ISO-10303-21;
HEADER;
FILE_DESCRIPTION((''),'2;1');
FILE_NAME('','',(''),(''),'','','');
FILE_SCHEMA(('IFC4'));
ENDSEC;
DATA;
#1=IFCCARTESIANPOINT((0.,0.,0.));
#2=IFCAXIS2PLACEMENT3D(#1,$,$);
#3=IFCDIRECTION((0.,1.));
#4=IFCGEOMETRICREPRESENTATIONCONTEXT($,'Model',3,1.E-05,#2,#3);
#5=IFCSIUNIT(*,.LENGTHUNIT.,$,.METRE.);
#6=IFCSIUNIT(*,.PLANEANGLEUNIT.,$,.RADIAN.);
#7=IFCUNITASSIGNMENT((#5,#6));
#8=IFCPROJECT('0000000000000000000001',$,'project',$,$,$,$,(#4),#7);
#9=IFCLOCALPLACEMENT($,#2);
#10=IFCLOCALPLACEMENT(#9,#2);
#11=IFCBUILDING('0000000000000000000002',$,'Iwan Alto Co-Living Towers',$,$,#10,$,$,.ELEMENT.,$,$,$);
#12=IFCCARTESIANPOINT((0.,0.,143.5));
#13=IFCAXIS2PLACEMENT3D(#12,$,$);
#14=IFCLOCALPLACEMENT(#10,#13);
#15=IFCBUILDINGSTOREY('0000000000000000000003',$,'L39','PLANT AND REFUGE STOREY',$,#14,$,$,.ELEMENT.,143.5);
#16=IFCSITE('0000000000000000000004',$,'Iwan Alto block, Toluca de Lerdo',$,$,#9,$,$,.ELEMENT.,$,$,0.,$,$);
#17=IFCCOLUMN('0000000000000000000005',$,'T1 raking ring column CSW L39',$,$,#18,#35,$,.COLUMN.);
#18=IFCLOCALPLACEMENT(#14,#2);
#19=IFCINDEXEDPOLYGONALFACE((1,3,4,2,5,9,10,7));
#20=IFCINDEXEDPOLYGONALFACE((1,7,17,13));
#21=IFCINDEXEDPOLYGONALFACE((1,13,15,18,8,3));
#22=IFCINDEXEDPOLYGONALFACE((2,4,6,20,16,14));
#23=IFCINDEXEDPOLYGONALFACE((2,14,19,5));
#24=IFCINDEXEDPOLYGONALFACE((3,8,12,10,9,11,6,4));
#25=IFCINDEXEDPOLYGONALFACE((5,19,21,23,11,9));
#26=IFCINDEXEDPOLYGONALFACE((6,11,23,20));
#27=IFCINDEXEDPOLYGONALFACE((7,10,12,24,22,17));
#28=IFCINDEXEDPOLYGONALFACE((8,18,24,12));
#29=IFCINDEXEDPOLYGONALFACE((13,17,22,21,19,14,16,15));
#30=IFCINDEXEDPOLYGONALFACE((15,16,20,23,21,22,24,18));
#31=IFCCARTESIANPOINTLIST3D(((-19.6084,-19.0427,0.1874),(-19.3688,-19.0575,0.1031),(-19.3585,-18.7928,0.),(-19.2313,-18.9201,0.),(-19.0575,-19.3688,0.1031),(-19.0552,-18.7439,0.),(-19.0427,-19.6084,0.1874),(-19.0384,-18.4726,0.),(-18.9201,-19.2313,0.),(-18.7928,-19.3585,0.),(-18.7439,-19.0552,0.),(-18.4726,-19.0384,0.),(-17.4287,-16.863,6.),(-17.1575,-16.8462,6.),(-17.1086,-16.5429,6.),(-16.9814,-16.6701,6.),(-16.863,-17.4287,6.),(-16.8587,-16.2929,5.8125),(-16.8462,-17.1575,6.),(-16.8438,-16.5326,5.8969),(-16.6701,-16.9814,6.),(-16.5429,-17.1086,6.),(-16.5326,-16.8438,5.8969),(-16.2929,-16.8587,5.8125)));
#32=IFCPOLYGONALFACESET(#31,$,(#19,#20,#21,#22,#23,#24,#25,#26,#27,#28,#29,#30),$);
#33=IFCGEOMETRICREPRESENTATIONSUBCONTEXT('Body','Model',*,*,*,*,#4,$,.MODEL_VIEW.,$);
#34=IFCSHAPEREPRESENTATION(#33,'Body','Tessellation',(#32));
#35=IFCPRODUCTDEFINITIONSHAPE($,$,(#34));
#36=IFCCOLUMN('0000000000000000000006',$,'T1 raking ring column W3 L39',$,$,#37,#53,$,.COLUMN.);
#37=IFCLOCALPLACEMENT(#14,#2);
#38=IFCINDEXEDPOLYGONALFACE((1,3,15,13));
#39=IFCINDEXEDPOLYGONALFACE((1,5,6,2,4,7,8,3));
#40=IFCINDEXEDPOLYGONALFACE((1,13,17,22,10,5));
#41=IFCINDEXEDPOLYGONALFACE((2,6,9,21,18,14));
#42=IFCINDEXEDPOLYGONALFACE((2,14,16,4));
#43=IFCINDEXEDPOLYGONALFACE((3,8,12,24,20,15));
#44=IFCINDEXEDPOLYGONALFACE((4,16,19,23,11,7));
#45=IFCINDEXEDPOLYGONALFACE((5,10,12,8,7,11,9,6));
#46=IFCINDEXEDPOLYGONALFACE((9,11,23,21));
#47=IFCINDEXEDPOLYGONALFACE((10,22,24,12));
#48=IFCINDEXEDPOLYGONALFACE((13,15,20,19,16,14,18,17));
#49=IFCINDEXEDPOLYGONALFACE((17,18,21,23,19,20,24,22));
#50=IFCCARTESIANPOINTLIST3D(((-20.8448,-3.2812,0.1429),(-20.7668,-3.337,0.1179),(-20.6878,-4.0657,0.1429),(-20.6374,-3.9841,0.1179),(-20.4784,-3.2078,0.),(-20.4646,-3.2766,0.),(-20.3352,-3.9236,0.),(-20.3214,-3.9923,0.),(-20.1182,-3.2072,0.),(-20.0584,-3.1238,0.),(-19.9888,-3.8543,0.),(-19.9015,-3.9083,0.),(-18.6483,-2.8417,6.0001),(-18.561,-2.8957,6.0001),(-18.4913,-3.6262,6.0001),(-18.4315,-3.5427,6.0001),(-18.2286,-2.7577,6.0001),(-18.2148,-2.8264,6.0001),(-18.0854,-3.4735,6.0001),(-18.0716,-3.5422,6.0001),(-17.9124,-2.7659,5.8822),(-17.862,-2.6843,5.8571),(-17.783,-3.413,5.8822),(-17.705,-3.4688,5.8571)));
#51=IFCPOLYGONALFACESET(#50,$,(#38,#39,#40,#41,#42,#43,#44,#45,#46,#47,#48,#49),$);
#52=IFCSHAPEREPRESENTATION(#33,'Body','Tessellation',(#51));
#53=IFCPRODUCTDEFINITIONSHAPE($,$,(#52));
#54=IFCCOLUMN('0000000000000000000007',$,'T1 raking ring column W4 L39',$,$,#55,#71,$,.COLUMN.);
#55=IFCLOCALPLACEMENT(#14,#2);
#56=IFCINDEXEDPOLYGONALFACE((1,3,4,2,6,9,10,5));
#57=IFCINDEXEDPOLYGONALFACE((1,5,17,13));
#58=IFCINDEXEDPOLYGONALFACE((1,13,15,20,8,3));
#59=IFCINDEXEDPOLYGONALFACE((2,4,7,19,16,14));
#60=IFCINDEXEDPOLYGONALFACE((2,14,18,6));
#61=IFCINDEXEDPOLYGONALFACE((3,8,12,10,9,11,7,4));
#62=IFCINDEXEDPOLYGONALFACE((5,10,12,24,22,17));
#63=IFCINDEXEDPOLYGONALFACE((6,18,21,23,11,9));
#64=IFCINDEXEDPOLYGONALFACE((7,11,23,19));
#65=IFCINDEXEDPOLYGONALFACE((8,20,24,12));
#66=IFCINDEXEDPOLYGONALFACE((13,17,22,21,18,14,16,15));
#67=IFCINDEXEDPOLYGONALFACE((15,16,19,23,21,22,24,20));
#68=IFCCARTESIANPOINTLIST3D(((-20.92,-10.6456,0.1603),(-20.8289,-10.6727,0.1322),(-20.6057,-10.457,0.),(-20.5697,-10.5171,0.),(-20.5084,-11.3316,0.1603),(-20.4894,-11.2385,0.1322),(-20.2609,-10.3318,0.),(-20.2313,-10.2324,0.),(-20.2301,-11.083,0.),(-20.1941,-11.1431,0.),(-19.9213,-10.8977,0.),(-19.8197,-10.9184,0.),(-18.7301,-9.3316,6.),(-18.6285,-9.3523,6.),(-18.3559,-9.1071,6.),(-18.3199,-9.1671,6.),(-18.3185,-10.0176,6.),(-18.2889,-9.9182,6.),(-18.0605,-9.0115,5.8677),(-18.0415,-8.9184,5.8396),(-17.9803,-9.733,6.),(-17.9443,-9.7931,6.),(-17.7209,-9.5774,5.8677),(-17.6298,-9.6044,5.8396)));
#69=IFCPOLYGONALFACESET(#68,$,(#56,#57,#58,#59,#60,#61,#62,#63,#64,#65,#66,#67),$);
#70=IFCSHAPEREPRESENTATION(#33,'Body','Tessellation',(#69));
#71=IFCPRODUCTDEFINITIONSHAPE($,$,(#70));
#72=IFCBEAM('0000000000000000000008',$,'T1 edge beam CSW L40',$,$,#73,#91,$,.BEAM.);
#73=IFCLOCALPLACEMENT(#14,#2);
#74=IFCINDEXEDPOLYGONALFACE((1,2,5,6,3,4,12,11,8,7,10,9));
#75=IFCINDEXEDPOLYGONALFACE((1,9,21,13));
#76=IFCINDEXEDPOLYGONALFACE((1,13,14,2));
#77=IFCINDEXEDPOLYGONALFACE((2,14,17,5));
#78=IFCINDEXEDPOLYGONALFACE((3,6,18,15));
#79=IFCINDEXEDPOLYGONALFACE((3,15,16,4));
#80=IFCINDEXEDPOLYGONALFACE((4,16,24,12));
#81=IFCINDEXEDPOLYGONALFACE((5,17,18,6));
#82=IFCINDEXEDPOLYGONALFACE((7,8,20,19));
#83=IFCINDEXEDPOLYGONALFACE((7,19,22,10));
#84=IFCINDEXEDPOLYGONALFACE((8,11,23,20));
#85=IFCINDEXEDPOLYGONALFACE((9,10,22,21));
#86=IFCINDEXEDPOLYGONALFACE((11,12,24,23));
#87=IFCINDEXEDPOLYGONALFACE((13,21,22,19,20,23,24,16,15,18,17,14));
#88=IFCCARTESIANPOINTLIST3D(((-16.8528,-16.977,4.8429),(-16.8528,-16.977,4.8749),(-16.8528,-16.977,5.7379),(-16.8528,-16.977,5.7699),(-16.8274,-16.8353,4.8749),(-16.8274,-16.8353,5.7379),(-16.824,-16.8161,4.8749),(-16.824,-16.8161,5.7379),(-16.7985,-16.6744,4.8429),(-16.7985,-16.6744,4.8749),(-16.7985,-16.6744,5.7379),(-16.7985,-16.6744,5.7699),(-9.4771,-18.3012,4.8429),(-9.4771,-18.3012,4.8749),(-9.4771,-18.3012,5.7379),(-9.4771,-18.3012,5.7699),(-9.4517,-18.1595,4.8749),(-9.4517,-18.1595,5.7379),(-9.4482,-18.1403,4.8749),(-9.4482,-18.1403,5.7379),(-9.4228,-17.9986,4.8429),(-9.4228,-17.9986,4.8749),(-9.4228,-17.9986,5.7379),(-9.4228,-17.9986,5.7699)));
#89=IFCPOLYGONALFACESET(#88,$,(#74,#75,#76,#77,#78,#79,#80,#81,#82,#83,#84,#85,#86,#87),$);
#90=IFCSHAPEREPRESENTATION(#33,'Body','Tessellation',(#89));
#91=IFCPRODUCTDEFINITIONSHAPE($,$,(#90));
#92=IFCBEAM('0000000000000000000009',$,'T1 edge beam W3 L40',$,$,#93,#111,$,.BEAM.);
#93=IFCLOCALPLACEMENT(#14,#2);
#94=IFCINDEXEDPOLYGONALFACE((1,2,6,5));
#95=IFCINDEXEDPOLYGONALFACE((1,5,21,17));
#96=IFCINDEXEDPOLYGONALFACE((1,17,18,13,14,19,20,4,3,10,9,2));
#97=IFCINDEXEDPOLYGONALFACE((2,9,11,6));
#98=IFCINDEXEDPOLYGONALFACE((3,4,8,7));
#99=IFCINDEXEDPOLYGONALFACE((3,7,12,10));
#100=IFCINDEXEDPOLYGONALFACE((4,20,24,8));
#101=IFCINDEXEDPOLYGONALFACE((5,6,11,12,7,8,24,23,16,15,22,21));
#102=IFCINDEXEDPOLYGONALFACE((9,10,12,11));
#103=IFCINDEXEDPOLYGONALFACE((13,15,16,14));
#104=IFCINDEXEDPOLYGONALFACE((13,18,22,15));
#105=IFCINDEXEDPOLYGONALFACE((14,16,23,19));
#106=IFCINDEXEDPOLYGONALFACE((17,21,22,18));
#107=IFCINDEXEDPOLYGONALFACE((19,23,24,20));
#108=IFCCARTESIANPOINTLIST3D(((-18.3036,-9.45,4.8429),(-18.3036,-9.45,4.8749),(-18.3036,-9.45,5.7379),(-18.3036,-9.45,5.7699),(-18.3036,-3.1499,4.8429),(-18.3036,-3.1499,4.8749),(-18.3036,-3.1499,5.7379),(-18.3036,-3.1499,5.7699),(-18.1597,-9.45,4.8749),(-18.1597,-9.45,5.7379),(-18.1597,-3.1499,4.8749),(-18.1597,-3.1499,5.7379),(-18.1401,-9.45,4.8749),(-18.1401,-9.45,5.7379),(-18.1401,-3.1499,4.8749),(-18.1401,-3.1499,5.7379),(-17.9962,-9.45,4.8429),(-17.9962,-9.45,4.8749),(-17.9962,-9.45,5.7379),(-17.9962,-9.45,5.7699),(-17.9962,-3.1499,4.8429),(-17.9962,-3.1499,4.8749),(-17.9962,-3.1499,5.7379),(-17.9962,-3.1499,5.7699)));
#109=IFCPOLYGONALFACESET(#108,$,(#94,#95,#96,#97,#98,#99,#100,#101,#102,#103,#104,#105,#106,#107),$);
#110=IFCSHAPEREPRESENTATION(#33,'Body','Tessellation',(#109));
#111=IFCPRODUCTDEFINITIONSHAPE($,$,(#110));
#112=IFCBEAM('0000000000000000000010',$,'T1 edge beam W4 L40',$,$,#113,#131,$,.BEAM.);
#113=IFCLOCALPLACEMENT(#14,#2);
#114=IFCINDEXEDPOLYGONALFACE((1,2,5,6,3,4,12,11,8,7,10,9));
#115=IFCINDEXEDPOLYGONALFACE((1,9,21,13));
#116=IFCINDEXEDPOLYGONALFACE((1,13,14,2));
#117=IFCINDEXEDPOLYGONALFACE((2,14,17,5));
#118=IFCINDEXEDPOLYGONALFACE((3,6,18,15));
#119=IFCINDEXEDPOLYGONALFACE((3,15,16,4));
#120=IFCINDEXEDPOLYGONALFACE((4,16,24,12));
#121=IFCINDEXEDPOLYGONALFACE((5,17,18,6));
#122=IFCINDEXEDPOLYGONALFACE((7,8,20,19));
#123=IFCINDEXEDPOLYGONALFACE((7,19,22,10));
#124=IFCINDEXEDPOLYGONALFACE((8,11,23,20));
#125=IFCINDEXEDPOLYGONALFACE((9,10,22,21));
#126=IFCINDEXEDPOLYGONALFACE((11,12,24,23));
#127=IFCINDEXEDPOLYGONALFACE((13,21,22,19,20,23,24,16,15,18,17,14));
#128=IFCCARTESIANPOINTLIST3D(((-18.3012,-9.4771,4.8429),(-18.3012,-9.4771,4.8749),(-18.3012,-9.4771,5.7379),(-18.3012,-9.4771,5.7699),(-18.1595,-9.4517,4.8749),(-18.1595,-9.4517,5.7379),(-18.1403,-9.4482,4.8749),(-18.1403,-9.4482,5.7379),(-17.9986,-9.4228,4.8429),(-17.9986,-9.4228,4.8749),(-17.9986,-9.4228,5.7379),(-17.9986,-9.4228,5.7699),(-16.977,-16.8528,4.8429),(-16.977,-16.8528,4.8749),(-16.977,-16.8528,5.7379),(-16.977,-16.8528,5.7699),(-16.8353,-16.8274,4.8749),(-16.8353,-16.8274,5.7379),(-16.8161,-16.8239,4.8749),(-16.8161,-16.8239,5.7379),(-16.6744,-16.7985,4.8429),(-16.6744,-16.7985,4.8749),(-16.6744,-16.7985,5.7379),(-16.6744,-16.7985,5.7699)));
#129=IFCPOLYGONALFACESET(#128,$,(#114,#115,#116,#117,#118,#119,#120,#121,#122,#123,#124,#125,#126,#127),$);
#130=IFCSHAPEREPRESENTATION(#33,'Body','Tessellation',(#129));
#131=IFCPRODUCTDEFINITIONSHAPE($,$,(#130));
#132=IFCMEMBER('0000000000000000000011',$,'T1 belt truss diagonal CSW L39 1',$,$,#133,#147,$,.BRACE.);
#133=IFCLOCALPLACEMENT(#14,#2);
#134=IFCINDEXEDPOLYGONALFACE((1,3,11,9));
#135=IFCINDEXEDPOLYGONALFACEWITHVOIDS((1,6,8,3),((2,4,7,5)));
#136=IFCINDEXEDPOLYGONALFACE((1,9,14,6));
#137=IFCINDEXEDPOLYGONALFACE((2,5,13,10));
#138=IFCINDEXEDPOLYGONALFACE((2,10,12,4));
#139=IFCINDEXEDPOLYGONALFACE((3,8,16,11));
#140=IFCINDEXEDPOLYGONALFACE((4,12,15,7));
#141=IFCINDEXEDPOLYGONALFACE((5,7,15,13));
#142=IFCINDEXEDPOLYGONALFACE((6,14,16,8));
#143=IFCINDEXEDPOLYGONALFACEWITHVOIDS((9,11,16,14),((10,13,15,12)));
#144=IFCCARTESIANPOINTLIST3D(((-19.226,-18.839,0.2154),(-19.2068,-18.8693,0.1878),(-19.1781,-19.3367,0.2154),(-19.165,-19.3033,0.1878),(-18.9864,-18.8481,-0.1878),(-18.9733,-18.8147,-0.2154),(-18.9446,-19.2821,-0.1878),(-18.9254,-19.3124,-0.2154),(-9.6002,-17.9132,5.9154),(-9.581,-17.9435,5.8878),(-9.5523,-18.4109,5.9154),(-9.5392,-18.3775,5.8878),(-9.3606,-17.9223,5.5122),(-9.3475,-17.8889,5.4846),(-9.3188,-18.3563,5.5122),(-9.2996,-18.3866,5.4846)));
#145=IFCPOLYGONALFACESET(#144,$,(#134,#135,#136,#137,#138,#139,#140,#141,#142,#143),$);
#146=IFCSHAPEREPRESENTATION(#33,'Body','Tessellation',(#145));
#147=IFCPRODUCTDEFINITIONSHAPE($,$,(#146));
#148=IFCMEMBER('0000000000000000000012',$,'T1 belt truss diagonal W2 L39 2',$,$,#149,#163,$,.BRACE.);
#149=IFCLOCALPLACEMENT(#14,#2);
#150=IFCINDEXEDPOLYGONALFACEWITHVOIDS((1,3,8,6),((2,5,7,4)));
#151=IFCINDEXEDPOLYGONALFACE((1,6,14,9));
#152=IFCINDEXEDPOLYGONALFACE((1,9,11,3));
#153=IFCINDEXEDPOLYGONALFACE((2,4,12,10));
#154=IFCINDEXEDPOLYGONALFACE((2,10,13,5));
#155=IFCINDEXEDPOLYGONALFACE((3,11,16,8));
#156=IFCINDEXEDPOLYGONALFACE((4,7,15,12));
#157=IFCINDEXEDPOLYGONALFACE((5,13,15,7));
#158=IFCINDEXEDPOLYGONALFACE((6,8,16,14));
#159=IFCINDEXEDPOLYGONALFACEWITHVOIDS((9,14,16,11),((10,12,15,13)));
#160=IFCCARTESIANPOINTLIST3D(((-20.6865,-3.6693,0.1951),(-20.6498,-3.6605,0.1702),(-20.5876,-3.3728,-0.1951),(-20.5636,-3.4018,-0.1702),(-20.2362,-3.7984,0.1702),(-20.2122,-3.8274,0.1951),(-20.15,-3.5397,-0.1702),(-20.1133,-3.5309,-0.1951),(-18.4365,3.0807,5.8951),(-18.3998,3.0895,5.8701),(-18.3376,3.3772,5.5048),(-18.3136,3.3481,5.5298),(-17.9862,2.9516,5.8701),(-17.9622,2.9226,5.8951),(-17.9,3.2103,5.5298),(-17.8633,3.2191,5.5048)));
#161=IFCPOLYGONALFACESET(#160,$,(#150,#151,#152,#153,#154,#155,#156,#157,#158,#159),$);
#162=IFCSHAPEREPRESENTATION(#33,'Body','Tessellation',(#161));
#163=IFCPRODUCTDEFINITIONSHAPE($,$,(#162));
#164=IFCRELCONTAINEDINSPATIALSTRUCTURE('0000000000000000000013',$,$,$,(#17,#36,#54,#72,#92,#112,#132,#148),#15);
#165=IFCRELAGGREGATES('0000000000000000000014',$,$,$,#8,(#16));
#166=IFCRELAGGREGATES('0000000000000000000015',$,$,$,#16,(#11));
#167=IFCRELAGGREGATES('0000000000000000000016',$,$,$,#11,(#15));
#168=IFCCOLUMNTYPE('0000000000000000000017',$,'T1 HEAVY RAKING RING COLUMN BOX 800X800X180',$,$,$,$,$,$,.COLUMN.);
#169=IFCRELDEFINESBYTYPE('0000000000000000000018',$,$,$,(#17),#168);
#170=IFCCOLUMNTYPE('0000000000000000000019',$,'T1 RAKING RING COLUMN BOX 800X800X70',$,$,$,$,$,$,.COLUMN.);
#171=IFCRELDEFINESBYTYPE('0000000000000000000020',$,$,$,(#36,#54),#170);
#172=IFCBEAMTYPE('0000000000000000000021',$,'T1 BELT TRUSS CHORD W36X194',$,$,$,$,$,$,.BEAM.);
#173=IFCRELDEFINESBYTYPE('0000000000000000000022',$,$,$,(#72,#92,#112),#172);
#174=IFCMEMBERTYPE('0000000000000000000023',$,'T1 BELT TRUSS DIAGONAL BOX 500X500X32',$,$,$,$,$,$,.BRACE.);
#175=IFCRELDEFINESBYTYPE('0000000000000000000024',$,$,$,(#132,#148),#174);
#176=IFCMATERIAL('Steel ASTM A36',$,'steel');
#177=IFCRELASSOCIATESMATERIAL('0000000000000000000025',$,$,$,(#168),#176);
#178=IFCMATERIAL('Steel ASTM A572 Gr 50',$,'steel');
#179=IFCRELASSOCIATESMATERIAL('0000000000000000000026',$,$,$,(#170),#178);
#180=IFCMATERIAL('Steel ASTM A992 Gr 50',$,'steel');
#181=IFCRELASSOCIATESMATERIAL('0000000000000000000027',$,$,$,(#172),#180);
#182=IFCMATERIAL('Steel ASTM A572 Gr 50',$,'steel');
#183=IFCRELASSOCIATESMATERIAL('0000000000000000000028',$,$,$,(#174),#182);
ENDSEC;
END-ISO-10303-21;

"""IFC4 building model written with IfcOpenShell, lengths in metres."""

from ifc_helpers import new_model, si_unit, direction, frame, origin, origin_2d, place, context, subcontext, project, spatial, hollow_rectangle, i_section, extrude, clip, halfspace, material, material_profile, profile_set, type_object, element, save


model = new_model("IFC4")

# Units and contexts
model_context = context("Model", 3, precision=1e-05, world=origin(), true_north=direction((0.0, 1.0)))
body_context = subcontext(model_context, "Body", "Model", "MODEL_VIEW")
ifc_project = project(units=[si_unit("LENGTHUNIT", "METRE"), si_unit("PLANEANGLEUNIT", "RADIAN")], contexts=[model_context])

# Site, building, storey
site_placement = place(None, origin())
site = spatial("IfcSite", under=ifc_project, at=site_placement, Name="Iwan Alto block, Toluca de Lerdo", CompositionType="ELEMENT", RefElevation=0.0)
building_placement = place(site_placement, origin())
building = spatial("IfcBuilding", under=site, at=building_placement, Name="Iwan Alto Co-Living Towers", CompositionType="ELEMENT")
storey_placement = place(building_placement, frame((0.0, 0.0, 143.5)))
storey = spatial("IfcBuildingStorey", under=building, at=storey_placement, Name="L39", Description="PLANT AND REFUGE STOREY", CompositionType="ELEMENT", Elevation=143.5)

# Columns
ifc_material_1 = material(Name="Steel ASTM A36", Category="steel")
ifc_material_profile_1 = material_profile(ifc_material_1, hollow_rectangle(XDim=0.8, YDim=0.8, WallThickness=0.1799, at=origin_2d()), Name="BOX 800X800X180")
ifc_profile_set_1 = profile_set([ifc_material_profile_1], Name="Steel ASTM A36")
column_type_1 = type_object("IfcColumnType", Name="T1 HEAVY RAKING RING COLUMN BOX 800X800X180", PredefinedType="COLUMN", material=ifc_profile_set_1)
column_1_placement = place(storey_placement, frame((-19.0757, -19.0757, 0.0), z_axis=(0.331295, 0.331295, 0.883452), x_axis=(-0.707107, 0.707107, 0.0)))
element("IfcColumn", 1, at=column_1_placement, inside=storey, type_object=column_type_1, Name="T1 raking ring column CSW L39", PredefinedType="COLUMN", context=body_context, shape_type="Clipping", body=[
    clip(clip(extrude(hollow_rectangle(XDim=0.8, YDim=0.8, WallThickness=0.1799, at=origin_2d()), origin(), (0.0, 0.0, 1.0), 6.7915), halfspace(frame((0.0, 0.0, 0.0), z_axis=(0.0, -0.468521, -0.883452), x_axis=(-0.707107, -0.624695, 0.331295)), False)), halfspace(frame((0.0, 2.811, 5.3008), z_axis=(0.0, 0.468521, 0.883452), x_axis=(-0.707107, -0.624695, 0.331295)), False)),
])
ifc_material_2 = material(Name="Steel ASTM A572 Gr 50", Category="steel")
ifc_material_profile_2 = material_profile(ifc_material_2, hollow_rectangle(XDim=0.8, YDim=0.8, WallThickness=0.0701, at=origin_2d()), Name="BOX 800X800X70")
ifc_profile_set_2 = profile_set([ifc_material_profile_2], Name="Steel ASTM A572 Gr 50")
column_type_2 = type_object("IfcColumnType", Name="T1 RAKING RING COLUMN BOX 800X800X70", PredefinedType="COLUMN", material=ifc_profile_set_2)
column_2_placement = place(storey_placement, frame((-20.3999, -3.6001, 0.0), z_axis=(0.35026, 0.070082, 0.934027), x_axis=(-0.196198, 0.980564, 0.0)))
element("IfcColumn", 2, at=column_2_placement, inside=storey, type_object=column_type_2, Name="T1 raking ring column W3 L39", PredefinedType="COLUMN", context=body_context, shape_type="Clipping", body=[
    clip(clip(extrude(hollow_rectangle(XDim=0.8, YDim=0.8, WallThickness=0.0701, at=origin_2d()), origin(), (0.0, 0.0, 1.0), 6.4238), halfspace(frame((0.0, 0.0, 0.0), z_axis=(0.0, -0.357203, -0.934027), x_axis=(-0.196198, -0.915873, 0.35026)), False)), halfspace(frame((0.0, 2.1433, 5.6042), z_axis=(0.0, 0.357203, 0.934027), x_axis=(-0.196198, -0.915873, 0.35026)), False)),
])
column_3_placement = place(storey_placement, frame((-20.3999, -10.8, 0.0), z_axis=(0.34358, 0.206163, 0.916215), x_axis=(-0.514523, 0.857477, 0.0)))
element("IfcColumn", 3, at=column_3_placement, inside=storey, type_object=column_type_2, Name="T1 raking ring column W4 L39", PredefinedType="COLUMN", context=body_context, shape_type="Clipping", body=[
    clip(clip(extrude(hollow_rectangle(XDim=0.8, YDim=0.8, WallThickness=0.0701, at=origin_2d()), origin(), (0.0, 0.0, 1.0), 6.5486), halfspace(frame((0.0, 0.0, 0.0), z_axis=(0.0, -0.400688, -0.916215), x_axis=(-0.514523, -0.785632, 0.34358)), False)), halfspace(frame((0.0, 2.4041, 5.4973), z_axis=(0.0, 0.400688, 0.916215), x_axis=(-0.514523, -0.785632, 0.34358)), False)),
])

# Beams
ifc_material_3 = material(Name="Steel ASTM A992 Gr 50", Category="steel")
ifc_material_profile_3 = material_profile(ifc_material_3, i_section(OverallWidth=0.3074, OverallDepth=0.927, WebThickness=0.0195, FlangeThickness=0.032, at=origin_2d()), Name="W36X194")
ifc_profile_set_3 = profile_set([ifc_material_profile_3], Name="Steel ASTM A992 Gr 50")
beam_type_1 = type_object("IfcBeamType", Name="T1 BELT TRUSS CHORD W36X194", PredefinedType="BEAM", material=ifc_profile_set_3)
beam_1_placement = place(storey_placement, frame((-16.8257, -16.8257, 5.3064), z_axis=(0.984263, -0.176712, 0.0), x_axis=(0.176712, 0.984263, 0.0)))
element("IfcBeam", 4, at=beam_1_placement, inside=storey, type_object=beam_type_1, Name="T1 edge beam CSW L40", PredefinedType="BEAM", context=body_context, shape_type="SweptSolid", body=[
    extrude(i_section(OverallWidth=0.3074, OverallDepth=0.927, WebThickness=0.0195, FlangeThickness=0.032, at=origin_2d()), origin(), (0.0, 0.0, 1.0), 7.4937),
])
beam_2_placement = place(storey_placement, frame((-18.1499, -3.1499, 5.3064), z_axis=(0.0, -1.0, 0.0), x_axis=(1.0, 0.0, 0.0)))
element("IfcBeam", 5, at=beam_2_placement, inside=storey, type_object=beam_type_1, Name="T1 edge beam W3 L40", PredefinedType="BEAM", context=body_context, shape_type="SweptSolid", body=[
    extrude(i_section(OverallWidth=0.3074, OverallDepth=0.927, WebThickness=0.0195, FlangeThickness=0.032, at=origin_2d()), origin(), (0.0, 0.0, 1.0), 6.3),
])
beam_3_placement = place(storey_placement, frame((-18.1499, -9.45, 5.3064), z_axis=(0.176712, -0.984263, 0.0), x_axis=(0.984263, 0.176712, 0.0)))
element("IfcBeam", 6, at=beam_3_placement, inside=storey, type_object=beam_type_1, Name="T1 edge beam W4 L40", PredefinedType="BEAM", context=body_context, shape_type="SweptSolid", body=[
    extrude(i_section(OverallWidth=0.3074, OverallDepth=0.927, WebThickness=0.0195, FlangeThickness=0.032, at=origin_2d()), origin(), (0.0, 0.0, 1.0), 7.4937),
])

# Members
ifc_material_4 = material(Name="Steel ASTM A572 Gr 50", Category="steel")
ifc_material_profile_4 = material_profile(ifc_material_4, hollow_rectangle(XDim=0.5, YDim=0.5, WallThickness=0.032, at=origin_2d()), Name="BOX 500X500X32")
ifc_profile_set_4 = profile_set([ifc_material_profile_4], Name="Steel ASTM A572 Gr 50")
member_type_1 = type_object("IfcMemberType", Name="T1 BELT TRUSS DIAGONAL BOX 500X500X32", PredefinedType="BRACE", material=ifc_profile_set_4)
member_1_placement = place(storey_placement, frame((-19.0757, -19.0757, 0.0), z_axis=(0.857524, 0.082475, 0.50779), x_axis=(-0.095736, 0.995407, 0.0)))
element("IfcMember", 7, at=member_1_placement, inside=storey, type_object=member_type_1, Name="T1 belt truss diagonal CSW L39 1", PredefinedType="BRACE", context=body_context, shape_type="SweptSolid", body=[
    extrude(hollow_rectangle(XDim=0.5, YDim=0.5, WallThickness=0.032, at=origin_2d()), origin(), (0.0, 0.0, 1.0), 11.2251),
])
member_2_placement = place(storey_placement, frame((-20.3999, -3.6001, 0.0), z_axis=(0.246799, 0.740398, 0.62522), x_axis=(-0.948683, 0.316228, 0.0)))
element("IfcMember", 8, at=member_2_placement, inside=storey, type_object=member_type_1, Name="T1 belt truss diagonal W2 L39 2", PredefinedType="BRACE", context=body_context, shape_type="SweptSolid", body=[
    extrude(hollow_rectangle(XDim=0.5, YDim=0.5, WallThickness=0.032, at=origin_2d()), origin(), (0.0, 0.0, 1.0), 9.1167),
])

save(model, "model.ifc")
